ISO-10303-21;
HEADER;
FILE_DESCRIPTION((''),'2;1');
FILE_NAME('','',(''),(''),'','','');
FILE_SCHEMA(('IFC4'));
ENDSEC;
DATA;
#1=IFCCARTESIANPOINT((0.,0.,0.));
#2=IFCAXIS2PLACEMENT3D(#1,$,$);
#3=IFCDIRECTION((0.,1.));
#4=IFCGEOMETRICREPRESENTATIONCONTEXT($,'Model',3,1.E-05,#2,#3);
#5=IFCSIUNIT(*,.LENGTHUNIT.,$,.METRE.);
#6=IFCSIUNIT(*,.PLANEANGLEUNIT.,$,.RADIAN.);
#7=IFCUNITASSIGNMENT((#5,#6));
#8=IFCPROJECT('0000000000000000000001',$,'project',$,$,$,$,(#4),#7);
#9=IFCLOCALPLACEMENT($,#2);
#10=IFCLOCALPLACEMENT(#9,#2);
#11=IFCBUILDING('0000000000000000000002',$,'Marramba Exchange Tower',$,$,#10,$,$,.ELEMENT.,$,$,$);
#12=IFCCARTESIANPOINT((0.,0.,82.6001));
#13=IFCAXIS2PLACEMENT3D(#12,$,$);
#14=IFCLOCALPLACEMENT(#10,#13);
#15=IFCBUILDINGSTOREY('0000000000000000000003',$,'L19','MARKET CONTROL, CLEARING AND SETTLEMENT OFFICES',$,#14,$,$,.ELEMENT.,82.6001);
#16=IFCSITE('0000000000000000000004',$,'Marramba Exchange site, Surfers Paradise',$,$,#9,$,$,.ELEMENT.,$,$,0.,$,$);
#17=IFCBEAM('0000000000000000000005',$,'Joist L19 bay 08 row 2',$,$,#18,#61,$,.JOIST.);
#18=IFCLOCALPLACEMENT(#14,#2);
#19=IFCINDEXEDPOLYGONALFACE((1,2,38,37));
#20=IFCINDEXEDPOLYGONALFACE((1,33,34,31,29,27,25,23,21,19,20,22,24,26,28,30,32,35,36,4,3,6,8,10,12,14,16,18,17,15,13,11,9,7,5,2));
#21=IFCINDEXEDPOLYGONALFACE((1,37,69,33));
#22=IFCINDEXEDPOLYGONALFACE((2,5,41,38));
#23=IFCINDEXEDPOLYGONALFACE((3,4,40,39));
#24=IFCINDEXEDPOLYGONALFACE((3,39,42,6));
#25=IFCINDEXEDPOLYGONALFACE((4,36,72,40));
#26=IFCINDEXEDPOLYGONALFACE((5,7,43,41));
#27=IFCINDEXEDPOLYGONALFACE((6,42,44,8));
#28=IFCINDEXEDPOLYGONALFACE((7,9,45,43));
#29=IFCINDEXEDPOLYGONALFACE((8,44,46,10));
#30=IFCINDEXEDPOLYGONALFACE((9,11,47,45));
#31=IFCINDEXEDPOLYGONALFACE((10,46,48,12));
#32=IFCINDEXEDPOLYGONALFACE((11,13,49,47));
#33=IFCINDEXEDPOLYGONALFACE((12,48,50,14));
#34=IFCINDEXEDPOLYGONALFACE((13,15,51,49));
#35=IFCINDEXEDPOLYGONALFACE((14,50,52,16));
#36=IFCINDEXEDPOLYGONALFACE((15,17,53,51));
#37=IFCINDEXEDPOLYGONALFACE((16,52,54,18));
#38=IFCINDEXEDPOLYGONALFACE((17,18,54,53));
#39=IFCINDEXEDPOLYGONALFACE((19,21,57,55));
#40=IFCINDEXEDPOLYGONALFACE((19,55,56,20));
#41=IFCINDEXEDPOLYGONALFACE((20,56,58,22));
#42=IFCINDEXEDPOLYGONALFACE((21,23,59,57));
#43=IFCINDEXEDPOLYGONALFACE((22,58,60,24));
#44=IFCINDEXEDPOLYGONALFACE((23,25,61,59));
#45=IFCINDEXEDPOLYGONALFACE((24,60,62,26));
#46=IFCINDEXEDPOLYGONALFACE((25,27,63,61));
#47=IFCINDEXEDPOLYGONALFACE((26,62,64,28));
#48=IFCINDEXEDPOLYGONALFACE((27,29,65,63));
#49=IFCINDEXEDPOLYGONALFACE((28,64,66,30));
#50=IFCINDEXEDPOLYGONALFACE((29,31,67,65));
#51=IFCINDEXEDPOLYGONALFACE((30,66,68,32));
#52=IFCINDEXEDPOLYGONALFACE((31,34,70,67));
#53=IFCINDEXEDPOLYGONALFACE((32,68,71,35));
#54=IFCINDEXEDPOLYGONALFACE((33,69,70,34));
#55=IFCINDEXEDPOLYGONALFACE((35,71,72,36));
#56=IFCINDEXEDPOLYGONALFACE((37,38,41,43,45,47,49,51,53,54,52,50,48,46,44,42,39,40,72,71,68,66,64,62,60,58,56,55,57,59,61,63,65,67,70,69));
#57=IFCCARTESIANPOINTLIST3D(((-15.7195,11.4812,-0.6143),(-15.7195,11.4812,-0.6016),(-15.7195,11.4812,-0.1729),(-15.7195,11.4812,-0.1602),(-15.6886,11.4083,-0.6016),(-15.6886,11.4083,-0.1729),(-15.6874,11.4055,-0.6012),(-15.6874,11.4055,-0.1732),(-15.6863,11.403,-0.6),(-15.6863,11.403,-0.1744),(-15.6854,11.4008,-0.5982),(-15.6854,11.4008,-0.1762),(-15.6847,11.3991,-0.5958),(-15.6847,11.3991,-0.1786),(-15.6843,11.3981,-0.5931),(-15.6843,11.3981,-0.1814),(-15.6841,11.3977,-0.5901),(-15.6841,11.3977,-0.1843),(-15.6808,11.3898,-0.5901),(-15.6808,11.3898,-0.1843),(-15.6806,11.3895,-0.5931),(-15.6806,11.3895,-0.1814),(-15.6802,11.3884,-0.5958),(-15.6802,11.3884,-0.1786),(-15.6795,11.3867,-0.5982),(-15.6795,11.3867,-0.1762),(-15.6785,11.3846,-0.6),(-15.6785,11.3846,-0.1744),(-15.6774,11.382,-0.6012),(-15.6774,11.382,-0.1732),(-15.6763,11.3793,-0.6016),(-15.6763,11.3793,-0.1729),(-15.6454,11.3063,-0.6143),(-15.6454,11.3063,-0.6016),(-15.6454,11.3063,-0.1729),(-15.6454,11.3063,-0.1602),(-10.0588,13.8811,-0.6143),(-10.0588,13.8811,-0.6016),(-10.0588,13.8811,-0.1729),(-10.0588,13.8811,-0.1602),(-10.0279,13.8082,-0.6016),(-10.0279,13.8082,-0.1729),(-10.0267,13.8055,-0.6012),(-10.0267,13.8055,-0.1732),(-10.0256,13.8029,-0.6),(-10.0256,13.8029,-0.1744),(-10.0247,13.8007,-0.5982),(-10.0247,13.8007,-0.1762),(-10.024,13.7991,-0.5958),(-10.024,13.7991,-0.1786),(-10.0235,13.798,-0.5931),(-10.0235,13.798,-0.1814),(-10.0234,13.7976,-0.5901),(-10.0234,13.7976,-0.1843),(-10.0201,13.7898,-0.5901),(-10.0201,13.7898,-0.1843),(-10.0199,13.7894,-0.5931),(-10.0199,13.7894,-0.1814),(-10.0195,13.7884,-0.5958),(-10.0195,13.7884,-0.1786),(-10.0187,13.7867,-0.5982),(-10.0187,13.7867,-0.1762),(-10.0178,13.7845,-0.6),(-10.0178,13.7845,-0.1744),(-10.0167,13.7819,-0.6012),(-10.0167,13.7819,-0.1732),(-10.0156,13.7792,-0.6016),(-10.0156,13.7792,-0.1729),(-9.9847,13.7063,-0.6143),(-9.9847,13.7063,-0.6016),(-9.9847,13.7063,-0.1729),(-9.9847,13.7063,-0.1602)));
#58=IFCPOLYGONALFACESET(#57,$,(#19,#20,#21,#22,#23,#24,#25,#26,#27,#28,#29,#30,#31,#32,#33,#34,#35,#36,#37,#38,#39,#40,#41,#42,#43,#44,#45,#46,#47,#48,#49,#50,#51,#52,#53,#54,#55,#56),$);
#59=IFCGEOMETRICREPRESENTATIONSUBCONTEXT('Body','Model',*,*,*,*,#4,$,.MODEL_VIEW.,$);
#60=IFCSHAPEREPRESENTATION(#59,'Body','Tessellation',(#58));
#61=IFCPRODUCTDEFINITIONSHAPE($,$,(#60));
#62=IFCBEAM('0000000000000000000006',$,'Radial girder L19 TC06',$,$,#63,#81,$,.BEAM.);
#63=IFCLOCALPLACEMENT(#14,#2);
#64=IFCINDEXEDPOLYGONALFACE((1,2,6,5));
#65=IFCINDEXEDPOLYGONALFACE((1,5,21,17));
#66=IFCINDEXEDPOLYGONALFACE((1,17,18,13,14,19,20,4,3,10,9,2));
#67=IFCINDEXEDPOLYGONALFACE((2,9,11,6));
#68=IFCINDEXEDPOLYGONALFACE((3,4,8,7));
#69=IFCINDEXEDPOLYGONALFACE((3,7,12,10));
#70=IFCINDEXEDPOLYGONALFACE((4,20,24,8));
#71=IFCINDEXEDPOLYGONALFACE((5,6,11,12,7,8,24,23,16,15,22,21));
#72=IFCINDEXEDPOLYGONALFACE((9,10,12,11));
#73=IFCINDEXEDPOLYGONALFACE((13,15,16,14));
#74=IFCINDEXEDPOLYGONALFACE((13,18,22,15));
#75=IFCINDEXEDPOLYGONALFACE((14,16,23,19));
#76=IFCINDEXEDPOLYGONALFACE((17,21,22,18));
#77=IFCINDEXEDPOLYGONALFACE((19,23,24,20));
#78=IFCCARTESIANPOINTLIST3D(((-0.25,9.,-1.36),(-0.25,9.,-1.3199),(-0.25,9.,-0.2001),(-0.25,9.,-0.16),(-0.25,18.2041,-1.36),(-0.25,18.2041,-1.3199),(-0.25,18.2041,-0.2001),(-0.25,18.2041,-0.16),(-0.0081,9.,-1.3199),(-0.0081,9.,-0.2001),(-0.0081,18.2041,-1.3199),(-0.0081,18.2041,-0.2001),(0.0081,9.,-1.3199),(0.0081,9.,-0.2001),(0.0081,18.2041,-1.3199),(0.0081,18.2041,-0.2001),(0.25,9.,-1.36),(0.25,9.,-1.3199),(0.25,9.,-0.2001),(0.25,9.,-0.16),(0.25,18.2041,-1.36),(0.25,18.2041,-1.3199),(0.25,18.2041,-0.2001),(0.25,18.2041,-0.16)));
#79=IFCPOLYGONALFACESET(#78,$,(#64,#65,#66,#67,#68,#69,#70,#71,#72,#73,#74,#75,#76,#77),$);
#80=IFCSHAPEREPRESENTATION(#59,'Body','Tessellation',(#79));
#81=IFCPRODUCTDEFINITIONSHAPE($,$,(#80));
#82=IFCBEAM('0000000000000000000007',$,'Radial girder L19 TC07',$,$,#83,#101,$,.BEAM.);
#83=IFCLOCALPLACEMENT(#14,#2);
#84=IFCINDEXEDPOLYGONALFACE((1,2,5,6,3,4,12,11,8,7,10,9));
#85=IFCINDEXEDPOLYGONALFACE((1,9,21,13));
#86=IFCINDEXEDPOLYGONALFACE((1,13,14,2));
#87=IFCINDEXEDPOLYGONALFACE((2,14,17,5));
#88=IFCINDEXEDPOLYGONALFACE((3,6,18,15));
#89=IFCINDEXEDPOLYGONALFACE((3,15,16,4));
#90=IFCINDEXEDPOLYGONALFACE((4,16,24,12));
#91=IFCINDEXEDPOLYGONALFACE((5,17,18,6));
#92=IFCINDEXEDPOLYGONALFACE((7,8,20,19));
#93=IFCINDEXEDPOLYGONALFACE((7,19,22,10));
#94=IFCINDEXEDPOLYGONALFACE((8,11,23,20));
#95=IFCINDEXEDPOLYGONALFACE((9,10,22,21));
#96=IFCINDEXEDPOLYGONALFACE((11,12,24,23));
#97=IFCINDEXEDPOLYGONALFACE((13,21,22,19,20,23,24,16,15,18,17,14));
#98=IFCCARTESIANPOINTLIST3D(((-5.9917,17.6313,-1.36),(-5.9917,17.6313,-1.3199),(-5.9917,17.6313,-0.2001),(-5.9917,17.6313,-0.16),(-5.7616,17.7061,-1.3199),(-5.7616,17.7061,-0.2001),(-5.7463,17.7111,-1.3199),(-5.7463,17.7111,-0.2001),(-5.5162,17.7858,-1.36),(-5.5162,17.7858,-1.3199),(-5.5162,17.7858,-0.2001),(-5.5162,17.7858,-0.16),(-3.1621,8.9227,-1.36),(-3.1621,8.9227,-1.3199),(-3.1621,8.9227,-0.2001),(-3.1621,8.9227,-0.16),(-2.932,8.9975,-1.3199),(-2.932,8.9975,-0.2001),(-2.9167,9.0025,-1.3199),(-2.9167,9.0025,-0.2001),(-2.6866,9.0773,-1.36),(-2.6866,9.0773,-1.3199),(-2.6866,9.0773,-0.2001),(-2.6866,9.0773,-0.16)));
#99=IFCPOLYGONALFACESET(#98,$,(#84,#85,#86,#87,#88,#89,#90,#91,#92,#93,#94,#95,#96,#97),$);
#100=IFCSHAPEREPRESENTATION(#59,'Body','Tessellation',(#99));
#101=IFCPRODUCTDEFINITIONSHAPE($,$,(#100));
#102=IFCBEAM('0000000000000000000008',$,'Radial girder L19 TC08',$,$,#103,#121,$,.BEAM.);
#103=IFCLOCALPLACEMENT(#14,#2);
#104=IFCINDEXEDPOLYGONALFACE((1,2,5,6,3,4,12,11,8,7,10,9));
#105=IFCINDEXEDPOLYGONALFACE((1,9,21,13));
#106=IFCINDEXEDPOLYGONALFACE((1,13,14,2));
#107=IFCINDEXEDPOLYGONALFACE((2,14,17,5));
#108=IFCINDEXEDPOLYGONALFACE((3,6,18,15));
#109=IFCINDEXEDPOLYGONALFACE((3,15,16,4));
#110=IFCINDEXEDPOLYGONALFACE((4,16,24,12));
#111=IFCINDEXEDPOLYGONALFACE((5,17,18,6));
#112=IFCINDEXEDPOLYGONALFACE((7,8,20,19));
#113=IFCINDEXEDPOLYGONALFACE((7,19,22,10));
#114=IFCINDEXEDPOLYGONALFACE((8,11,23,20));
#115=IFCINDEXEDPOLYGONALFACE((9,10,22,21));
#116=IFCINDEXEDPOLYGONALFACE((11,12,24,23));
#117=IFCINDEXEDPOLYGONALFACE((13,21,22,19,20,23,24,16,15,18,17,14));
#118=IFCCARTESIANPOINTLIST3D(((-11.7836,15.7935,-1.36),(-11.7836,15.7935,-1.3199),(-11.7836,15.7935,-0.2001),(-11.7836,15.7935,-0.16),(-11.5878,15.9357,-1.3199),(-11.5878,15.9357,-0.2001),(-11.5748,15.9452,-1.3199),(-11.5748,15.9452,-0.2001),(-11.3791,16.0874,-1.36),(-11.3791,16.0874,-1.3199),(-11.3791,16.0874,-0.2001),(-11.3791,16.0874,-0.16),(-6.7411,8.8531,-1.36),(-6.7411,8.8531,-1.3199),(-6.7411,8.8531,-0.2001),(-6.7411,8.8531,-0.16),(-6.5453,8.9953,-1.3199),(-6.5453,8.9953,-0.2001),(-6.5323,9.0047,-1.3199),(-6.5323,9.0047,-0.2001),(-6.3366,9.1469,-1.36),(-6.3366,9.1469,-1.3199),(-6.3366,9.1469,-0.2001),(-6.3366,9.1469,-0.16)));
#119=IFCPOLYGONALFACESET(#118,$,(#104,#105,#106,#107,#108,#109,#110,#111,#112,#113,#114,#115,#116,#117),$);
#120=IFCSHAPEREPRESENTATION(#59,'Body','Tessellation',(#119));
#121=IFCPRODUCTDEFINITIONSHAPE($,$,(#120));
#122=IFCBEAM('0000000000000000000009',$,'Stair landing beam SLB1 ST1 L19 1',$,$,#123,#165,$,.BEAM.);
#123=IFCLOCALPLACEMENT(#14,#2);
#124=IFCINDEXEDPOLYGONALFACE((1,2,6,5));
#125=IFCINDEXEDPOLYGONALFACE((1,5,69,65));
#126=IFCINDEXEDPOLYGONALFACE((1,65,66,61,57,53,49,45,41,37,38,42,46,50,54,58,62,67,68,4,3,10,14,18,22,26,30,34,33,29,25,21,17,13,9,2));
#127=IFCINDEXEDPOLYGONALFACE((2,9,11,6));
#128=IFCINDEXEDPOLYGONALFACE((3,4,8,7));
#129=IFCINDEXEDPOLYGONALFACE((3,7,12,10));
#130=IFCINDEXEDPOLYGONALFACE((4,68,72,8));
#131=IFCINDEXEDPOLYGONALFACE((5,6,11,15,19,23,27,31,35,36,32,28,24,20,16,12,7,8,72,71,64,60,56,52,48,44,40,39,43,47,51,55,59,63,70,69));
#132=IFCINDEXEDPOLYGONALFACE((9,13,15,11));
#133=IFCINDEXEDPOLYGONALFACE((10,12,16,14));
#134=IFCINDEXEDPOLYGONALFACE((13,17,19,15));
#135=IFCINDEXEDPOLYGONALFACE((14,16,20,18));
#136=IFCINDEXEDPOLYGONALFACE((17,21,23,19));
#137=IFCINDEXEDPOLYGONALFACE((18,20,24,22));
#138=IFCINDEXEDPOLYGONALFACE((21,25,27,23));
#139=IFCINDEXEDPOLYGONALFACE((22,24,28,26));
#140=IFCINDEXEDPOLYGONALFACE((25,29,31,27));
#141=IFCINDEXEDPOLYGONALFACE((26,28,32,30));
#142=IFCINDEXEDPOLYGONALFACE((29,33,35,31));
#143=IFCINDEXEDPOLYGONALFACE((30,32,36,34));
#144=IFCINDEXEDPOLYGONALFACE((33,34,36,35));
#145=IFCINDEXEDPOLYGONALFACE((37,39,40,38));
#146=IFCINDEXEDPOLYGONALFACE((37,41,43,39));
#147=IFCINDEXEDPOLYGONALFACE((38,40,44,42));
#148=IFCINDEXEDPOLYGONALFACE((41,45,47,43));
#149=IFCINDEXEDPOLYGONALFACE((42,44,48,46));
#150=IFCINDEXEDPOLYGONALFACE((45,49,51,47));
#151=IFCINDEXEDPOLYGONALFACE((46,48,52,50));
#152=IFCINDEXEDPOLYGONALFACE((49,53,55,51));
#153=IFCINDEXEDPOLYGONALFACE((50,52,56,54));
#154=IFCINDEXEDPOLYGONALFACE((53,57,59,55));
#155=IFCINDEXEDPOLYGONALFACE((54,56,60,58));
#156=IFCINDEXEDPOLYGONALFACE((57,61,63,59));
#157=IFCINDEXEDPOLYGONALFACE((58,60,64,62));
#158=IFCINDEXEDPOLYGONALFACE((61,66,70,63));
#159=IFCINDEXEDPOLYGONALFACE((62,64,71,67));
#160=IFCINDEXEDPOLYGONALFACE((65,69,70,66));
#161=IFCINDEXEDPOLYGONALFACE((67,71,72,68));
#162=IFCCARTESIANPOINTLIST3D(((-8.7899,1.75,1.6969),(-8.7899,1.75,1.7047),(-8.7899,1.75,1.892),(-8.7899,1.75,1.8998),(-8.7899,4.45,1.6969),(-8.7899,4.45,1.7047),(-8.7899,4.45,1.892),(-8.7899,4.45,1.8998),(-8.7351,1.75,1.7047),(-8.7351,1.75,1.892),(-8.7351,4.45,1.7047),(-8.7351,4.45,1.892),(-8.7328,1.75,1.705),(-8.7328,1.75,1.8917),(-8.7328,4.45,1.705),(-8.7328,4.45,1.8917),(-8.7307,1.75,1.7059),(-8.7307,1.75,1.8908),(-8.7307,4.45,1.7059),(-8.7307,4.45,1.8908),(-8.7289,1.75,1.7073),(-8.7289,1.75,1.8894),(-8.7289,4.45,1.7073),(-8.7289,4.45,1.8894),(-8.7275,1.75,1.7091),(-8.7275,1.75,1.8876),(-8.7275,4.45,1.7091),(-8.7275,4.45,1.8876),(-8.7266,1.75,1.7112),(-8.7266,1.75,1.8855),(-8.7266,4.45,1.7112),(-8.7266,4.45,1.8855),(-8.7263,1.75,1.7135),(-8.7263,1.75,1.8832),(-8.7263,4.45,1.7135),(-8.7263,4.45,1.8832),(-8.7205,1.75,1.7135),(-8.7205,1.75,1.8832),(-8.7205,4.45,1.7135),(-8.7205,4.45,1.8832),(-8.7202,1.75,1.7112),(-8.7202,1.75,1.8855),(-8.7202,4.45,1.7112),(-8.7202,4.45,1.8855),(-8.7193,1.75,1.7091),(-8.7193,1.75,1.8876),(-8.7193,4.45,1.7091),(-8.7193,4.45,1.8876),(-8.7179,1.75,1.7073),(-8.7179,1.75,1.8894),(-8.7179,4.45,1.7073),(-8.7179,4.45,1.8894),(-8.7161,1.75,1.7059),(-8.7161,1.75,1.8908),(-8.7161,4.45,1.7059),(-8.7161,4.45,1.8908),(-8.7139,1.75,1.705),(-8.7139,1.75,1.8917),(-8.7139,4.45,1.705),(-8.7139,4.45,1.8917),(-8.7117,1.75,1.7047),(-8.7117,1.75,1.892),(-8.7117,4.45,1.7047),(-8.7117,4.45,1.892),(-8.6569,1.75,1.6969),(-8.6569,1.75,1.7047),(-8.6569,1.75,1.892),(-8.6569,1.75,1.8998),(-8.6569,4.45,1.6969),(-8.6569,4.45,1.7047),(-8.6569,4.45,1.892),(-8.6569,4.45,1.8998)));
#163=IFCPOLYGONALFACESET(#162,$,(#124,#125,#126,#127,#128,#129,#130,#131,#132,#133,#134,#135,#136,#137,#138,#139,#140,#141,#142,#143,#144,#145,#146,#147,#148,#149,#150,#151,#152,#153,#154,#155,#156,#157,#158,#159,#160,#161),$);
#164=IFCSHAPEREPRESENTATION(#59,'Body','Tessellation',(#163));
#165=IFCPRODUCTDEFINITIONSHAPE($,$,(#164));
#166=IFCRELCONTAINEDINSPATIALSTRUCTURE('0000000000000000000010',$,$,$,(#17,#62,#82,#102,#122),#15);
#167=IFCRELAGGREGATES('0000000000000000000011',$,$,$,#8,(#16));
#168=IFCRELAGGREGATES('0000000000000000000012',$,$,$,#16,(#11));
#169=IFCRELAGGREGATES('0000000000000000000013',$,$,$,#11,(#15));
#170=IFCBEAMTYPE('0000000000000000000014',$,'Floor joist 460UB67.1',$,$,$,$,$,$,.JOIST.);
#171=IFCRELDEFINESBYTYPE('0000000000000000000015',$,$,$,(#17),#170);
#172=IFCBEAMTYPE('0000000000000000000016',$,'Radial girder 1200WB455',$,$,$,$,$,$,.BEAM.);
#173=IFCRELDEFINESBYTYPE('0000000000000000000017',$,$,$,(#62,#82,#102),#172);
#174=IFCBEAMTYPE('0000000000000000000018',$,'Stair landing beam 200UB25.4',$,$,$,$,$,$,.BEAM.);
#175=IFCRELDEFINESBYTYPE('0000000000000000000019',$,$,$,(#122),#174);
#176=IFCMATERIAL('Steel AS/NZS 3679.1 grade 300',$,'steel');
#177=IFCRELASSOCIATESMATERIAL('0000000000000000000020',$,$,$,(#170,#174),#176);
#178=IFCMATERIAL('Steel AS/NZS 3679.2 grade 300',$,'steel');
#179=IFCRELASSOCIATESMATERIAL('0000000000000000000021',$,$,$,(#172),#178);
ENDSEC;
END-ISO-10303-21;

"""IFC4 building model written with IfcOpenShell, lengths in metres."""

from ifc_helpers import new_model, si_unit, direction, frame, origin, origin_2d, place, context, subcontext, project, spatial, i_section, extrude, material, material_profile, profile_set, type_object, element, save


model = new_model("IFC4")

# Units and contexts
model_context = context("Model", 3, precision=1e-05, world=origin(), true_north=direction((0.0, 1.0)))
body_context = subcontext(model_context, "Body", "Model", "MODEL_VIEW")
ifc_project = project(units=[si_unit("LENGTHUNIT", "METRE"), si_unit("PLANEANGLEUNIT", "RADIAN")], contexts=[model_context])

# Site, building, storey
site_placement = place(None, origin())
site = spatial("IfcSite", under=ifc_project, at=site_placement, Name="Marramba Exchange site, Surfers Paradise", CompositionType="ELEMENT", RefElevation=0.0)
building_placement = place(site_placement, origin())
building = spatial("IfcBuilding", under=site, at=building_placement, Name="Marramba Exchange Tower", CompositionType="ELEMENT")
storey_placement = place(building_placement, frame((0.0, 0.0, 82.6001)))
storey = spatial("IfcBuildingStorey", under=building, at=storey_placement, Name="L19", Description="MARKET CONTROL, CLEARING AND SETTLEMENT OFFICES", CompositionType="ELEMENT", Elevation=82.6001)

# Beams
ifc_material_1 = material(Name="Steel AS/NZS 3679.1 grade 300", Category="steel")
ifc_material_profile_1 = material_profile(ifc_material_1, i_section(OverallWidth=0.1899, OverallDepth=0.4541, WebThickness=0.0085, FlangeThickness=0.0127, FilletRadius=0.0115, at=origin_2d()), Name="460UB67.1")
ifc_profile_set_1 = profile_set([ifc_material_profile_1], Name="Steel AS/NZS 3679.1 grade 300")
beam_type_1 = type_object("IfcBeamType", Name="Floor joist 460UB67.1", PredefinedType="JOIST", material=ifc_profile_set_1)
beam_1_placement = place(storey_placement, frame((-10.0217, 13.7937, -0.3872), z_axis=(-0.920674, -0.390332, 0.0), x_axis=(0.390332, -0.920674, 0.0)))
element("IfcBeam", 1, at=beam_1_placement, inside=storey, type_object=beam_type_1, Name="Joist L19 bay 08 row 2", PredefinedType="JOIST", context=body_context, shape_type="SweptSolid", body=[
    extrude(i_section(OverallWidth=0.1899, OverallDepth=0.4541, WebThickness=0.0085, FlangeThickness=0.0127, FilletRadius=0.0115, at=origin_2d()), origin(), (0.0, 0.0, 1.0), 6.1484),
])
ifc_material_2 = material(Name="Steel AS/NZS 3679.2 grade 300", Category="steel")
ifc_material_profile_2 = material_profile(ifc_material_2, i_section(OverallWidth=0.5, OverallDepth=1.2, WebThickness=0.0161, FlangeThickness=0.04, at=origin_2d()), Name="1200WB455")
ifc_profile_set_2 = profile_set([ifc_material_profile_2], Name="Steel AS/NZS 3679.2 grade 300")
beam_type_2 = type_object("IfcBeamType", Name="Radial girder 1200WB455", PredefinedType="BEAM", material=ifc_profile_set_2)
beam_2_placement = place(storey_placement, frame((0.0, 9.0, -0.76), z_axis=(0.0, 1.0, 0.0), x_axis=(-1.0, 0.0, 0.0)))
element("IfcBeam", 2, at=beam_2_placement, inside=storey, type_object=beam_type_2, Name="Radial girder L19 TC06", PredefinedType="BEAM", context=body_context, shape_type="SweptSolid", body=[
    extrude(i_section(OverallWidth=0.5, OverallDepth=1.2, WebThickness=0.0161, FlangeThickness=0.04, at=origin_2d()), origin(), (0.0, 0.0, 1.0), 9.2041),
])
beam_3_placement = place(storey_placement, frame((-2.9243, 9.0, -0.76), z_axis=(-0.30902, 0.951056, 0.0), x_axis=(-0.951056, -0.30902, 0.0)))
element("IfcBeam", 3, at=beam_3_placement, inside=storey, type_object=beam_type_2, Name="Radial girder L19 TC07", PredefinedType="BEAM", context=body_context, shape_type="SweptSolid", body=[
    extrude(i_section(OverallWidth=0.5, OverallDepth=1.2, WebThickness=0.0161, FlangeThickness=0.04, at=origin_2d()), origin(), (0.0, 0.0, 1.0), 9.1567),
])
beam_4_placement = place(storey_placement, frame((-6.5388, 9.0, -0.76), z_axis=(-0.587782, 0.809019, 0.0), x_axis=(-0.809019, -0.587782, 0.0)))
element("IfcBeam", 4, at=beam_4_placement, inside=storey, type_object=beam_type_2, Name="Radial girder L19 TC08", PredefinedType="BEAM", context=body_context, shape_type="SweptSolid", body=[
    extrude(i_section(OverallWidth=0.5, OverallDepth=1.2, WebThickness=0.0161, FlangeThickness=0.04, at=origin_2d()), origin(), (0.0, 0.0, 1.0), 8.5789),
])
ifc_material_profile_3 = material_profile(ifc_material_1, i_section(OverallWidth=0.1331, OverallDepth=0.2029, WebThickness=0.0059, FlangeThickness=0.0078, FilletRadius=0.0088, at=origin_2d()), Name="200UB25.4")
ifc_profile_set_3 = profile_set([ifc_material_profile_3], Name="Steel AS/NZS 3679.1 grade 300")
beam_type_3 = type_object("IfcBeamType", Name="Stair landing beam 200UB25.4", PredefinedType="BEAM", material=ifc_profile_set_3)
for number, where, z_axis, x_axis, name in (
    (5, (-8.7234, 1.75, 1.7983), (0.0, 1.0, 0.0), (-1.0, 0.0, 0.0), "Stair landing beam SLB1 ST1 L19 1"),
):
    element("IfcBeam", number, at=place(storey_placement, frame(where, z_axis=z_axis, x_axis=x_axis)), inside=storey, type_object=beam_type_3, Name=name, PredefinedType="BEAM", context=body_context, shape_type="SweptSolid", body=[
        extrude(i_section(OverallWidth=0.1331, OverallDepth=0.2029, WebThickness=0.0059, FlangeThickness=0.0078, FilletRadius=0.0088, at=origin_2d()), origin(), (0.0, 0.0, 1.0), 2.7),
    ])

save(model, "model.ifc")
